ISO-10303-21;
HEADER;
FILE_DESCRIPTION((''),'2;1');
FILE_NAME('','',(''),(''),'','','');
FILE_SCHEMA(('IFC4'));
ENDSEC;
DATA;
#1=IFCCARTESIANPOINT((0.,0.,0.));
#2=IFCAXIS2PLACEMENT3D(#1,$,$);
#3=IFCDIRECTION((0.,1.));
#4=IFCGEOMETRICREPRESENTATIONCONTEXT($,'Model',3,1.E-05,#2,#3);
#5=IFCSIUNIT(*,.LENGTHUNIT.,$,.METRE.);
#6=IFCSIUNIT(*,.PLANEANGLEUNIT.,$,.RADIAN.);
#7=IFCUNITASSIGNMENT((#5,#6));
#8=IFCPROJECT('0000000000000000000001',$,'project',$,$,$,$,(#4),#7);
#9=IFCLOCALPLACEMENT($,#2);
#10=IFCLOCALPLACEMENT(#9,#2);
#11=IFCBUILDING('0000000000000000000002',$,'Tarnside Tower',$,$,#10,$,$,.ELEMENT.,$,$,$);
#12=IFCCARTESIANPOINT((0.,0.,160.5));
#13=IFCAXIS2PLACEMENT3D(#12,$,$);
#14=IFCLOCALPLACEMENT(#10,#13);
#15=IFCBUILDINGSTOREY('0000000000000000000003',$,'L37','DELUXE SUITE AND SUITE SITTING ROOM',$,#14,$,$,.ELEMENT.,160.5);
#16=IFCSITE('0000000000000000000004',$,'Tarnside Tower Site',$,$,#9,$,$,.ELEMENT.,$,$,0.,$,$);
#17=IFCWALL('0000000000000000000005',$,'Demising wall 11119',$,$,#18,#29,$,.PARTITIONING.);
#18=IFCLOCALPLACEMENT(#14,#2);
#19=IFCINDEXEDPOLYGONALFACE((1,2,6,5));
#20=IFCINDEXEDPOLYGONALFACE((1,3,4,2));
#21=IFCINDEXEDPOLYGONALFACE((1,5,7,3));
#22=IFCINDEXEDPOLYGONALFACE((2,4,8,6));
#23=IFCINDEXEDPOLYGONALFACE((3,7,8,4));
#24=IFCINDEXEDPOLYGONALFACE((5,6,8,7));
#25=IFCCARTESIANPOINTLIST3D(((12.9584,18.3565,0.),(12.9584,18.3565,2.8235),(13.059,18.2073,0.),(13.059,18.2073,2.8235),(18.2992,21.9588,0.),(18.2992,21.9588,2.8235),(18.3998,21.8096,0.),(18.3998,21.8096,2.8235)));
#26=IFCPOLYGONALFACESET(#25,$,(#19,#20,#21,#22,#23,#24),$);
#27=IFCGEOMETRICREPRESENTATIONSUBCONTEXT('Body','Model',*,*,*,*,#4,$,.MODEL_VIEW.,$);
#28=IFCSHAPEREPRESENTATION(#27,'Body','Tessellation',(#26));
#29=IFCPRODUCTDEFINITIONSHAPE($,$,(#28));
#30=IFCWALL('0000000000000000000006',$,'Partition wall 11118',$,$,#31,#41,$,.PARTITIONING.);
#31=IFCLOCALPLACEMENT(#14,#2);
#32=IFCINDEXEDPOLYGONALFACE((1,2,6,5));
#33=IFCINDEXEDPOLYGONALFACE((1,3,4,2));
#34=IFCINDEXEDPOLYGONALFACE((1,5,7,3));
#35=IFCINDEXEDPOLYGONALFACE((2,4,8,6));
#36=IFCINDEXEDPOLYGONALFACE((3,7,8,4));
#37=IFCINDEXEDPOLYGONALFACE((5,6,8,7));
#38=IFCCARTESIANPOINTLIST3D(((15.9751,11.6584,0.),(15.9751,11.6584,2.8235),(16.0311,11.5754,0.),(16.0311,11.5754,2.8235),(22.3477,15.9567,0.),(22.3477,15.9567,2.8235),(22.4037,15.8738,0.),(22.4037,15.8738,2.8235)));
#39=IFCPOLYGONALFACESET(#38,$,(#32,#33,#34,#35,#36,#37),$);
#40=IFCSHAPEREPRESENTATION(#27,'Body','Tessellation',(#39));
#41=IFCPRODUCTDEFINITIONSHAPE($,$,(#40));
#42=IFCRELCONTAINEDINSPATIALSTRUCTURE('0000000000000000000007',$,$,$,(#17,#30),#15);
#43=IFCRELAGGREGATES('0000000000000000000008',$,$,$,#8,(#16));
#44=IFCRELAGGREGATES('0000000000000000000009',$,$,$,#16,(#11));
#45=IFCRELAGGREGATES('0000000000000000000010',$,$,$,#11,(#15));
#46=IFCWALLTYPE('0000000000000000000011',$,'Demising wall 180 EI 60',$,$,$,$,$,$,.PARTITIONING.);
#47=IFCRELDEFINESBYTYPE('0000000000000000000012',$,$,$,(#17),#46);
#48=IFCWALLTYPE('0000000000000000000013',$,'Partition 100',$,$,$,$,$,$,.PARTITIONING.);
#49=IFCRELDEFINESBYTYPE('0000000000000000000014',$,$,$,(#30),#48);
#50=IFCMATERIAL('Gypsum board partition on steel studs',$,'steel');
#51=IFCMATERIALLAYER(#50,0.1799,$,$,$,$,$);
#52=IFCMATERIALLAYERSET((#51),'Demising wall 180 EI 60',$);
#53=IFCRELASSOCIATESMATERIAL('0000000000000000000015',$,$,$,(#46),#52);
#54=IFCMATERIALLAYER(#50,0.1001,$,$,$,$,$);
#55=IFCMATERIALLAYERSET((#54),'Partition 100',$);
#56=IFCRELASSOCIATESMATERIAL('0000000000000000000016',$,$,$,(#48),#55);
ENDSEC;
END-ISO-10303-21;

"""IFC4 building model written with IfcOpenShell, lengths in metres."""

from ifc_helpers import new_model, si_unit, direction, frame, frame_2d, origin, place, context, subcontext, project, spatial, rectangle, extrude, material, layer, layer_set, type_object, element, save


model = new_model("IFC4")

# Units and contexts
model_context = context("Model", 3, precision=1e-05, world=origin(), true_north=direction((0.0, 1.0)))
body_context = subcontext(model_context, "Body", "Model", "MODEL_VIEW")
ifc_project = project(units=[si_unit("LENGTHUNIT", "METRE"), si_unit("PLANEANGLEUNIT", "RADIAN")], contexts=[model_context])

# Site, building, storey
site_placement = place(None, origin())
site = spatial("IfcSite", under=ifc_project, at=site_placement, Name="Tarnside Tower Site", CompositionType="ELEMENT", RefElevation=0.0)
building_placement = place(site_placement, origin())
building = spatial("IfcBuilding", under=site, at=building_placement, Name="Tarnside Tower", CompositionType="ELEMENT")
storey_placement = place(building_placement, frame((0.0, 0.0, 160.5)))
storey = spatial("IfcBuildingStorey", under=building, at=storey_placement, Name="L37", Description="DELUXE SUITE AND SUITE SITTING ROOM", CompositionType="ELEMENT", Elevation=160.5)

# Shared definitions
ifc_material_1 = material(Name="Gypsum board partition on steel studs", Category="steel")

# Walls
ifc_layer_1 = layer(ifc_material_1, 0.1799)
ifc_layer_set_1 = layer_set([ifc_layer_1], Name="Demising wall 180 EI 60")
wall_type_1 = type_object("IfcWallType", Name="Demising wall 180 EI 60", PredefinedType="PARTITIONING", material=ifc_layer_set_1)
wall_1_placement = place(storey_placement, frame((18.3496, 21.8843, 0.0), z_axis=(0.0, 0.0, 1.0), x_axis=(-0.829047, -0.559179, 0.0)))
element("IfcWall", 1, at=wall_1_placement, inside=storey, type_object=wall_type_1, Name="Demising wall 11119", PredefinedType="PARTITIONING", context=body_context, shape_type="SweptSolid", body=[
    extrude(rectangle(XDim=6.4421, YDim=0.1799, at=frame_2d((3.2212, 0.0))), origin(), (0.0, 0.0, 1.0), 2.8235),
])
ifc_layer_2 = layer(ifc_material_1, 0.1001)
ifc_layer_set_2 = layer_set([ifc_layer_2], Name="Partition 100")
wall_type_2 = type_object("IfcWallType", Name="Partition 100", PredefinedType="PARTITIONING", material=ifc_layer_set_2)
wall_2_placement = place(storey_placement, frame((16.0032, 11.6169, 0.0), z_axis=(0.0, 0.0, 1.0), x_axis=(0.829038, 0.559192, 0.0)))
element("IfcWall", 2, at=wall_2_placement, inside=storey, type_object=wall_type_2, Name="Partition wall 11118", PredefinedType="PARTITIONING", context=body_context, shape_type="SweptSolid", body=[
    extrude(rectangle(XDim=7.6868, YDim=0.1001, at=frame_2d((3.8433, 0.0))), origin(), (0.0, 0.0, 1.0), 2.8235),
])

save(model, "model.ifc")
